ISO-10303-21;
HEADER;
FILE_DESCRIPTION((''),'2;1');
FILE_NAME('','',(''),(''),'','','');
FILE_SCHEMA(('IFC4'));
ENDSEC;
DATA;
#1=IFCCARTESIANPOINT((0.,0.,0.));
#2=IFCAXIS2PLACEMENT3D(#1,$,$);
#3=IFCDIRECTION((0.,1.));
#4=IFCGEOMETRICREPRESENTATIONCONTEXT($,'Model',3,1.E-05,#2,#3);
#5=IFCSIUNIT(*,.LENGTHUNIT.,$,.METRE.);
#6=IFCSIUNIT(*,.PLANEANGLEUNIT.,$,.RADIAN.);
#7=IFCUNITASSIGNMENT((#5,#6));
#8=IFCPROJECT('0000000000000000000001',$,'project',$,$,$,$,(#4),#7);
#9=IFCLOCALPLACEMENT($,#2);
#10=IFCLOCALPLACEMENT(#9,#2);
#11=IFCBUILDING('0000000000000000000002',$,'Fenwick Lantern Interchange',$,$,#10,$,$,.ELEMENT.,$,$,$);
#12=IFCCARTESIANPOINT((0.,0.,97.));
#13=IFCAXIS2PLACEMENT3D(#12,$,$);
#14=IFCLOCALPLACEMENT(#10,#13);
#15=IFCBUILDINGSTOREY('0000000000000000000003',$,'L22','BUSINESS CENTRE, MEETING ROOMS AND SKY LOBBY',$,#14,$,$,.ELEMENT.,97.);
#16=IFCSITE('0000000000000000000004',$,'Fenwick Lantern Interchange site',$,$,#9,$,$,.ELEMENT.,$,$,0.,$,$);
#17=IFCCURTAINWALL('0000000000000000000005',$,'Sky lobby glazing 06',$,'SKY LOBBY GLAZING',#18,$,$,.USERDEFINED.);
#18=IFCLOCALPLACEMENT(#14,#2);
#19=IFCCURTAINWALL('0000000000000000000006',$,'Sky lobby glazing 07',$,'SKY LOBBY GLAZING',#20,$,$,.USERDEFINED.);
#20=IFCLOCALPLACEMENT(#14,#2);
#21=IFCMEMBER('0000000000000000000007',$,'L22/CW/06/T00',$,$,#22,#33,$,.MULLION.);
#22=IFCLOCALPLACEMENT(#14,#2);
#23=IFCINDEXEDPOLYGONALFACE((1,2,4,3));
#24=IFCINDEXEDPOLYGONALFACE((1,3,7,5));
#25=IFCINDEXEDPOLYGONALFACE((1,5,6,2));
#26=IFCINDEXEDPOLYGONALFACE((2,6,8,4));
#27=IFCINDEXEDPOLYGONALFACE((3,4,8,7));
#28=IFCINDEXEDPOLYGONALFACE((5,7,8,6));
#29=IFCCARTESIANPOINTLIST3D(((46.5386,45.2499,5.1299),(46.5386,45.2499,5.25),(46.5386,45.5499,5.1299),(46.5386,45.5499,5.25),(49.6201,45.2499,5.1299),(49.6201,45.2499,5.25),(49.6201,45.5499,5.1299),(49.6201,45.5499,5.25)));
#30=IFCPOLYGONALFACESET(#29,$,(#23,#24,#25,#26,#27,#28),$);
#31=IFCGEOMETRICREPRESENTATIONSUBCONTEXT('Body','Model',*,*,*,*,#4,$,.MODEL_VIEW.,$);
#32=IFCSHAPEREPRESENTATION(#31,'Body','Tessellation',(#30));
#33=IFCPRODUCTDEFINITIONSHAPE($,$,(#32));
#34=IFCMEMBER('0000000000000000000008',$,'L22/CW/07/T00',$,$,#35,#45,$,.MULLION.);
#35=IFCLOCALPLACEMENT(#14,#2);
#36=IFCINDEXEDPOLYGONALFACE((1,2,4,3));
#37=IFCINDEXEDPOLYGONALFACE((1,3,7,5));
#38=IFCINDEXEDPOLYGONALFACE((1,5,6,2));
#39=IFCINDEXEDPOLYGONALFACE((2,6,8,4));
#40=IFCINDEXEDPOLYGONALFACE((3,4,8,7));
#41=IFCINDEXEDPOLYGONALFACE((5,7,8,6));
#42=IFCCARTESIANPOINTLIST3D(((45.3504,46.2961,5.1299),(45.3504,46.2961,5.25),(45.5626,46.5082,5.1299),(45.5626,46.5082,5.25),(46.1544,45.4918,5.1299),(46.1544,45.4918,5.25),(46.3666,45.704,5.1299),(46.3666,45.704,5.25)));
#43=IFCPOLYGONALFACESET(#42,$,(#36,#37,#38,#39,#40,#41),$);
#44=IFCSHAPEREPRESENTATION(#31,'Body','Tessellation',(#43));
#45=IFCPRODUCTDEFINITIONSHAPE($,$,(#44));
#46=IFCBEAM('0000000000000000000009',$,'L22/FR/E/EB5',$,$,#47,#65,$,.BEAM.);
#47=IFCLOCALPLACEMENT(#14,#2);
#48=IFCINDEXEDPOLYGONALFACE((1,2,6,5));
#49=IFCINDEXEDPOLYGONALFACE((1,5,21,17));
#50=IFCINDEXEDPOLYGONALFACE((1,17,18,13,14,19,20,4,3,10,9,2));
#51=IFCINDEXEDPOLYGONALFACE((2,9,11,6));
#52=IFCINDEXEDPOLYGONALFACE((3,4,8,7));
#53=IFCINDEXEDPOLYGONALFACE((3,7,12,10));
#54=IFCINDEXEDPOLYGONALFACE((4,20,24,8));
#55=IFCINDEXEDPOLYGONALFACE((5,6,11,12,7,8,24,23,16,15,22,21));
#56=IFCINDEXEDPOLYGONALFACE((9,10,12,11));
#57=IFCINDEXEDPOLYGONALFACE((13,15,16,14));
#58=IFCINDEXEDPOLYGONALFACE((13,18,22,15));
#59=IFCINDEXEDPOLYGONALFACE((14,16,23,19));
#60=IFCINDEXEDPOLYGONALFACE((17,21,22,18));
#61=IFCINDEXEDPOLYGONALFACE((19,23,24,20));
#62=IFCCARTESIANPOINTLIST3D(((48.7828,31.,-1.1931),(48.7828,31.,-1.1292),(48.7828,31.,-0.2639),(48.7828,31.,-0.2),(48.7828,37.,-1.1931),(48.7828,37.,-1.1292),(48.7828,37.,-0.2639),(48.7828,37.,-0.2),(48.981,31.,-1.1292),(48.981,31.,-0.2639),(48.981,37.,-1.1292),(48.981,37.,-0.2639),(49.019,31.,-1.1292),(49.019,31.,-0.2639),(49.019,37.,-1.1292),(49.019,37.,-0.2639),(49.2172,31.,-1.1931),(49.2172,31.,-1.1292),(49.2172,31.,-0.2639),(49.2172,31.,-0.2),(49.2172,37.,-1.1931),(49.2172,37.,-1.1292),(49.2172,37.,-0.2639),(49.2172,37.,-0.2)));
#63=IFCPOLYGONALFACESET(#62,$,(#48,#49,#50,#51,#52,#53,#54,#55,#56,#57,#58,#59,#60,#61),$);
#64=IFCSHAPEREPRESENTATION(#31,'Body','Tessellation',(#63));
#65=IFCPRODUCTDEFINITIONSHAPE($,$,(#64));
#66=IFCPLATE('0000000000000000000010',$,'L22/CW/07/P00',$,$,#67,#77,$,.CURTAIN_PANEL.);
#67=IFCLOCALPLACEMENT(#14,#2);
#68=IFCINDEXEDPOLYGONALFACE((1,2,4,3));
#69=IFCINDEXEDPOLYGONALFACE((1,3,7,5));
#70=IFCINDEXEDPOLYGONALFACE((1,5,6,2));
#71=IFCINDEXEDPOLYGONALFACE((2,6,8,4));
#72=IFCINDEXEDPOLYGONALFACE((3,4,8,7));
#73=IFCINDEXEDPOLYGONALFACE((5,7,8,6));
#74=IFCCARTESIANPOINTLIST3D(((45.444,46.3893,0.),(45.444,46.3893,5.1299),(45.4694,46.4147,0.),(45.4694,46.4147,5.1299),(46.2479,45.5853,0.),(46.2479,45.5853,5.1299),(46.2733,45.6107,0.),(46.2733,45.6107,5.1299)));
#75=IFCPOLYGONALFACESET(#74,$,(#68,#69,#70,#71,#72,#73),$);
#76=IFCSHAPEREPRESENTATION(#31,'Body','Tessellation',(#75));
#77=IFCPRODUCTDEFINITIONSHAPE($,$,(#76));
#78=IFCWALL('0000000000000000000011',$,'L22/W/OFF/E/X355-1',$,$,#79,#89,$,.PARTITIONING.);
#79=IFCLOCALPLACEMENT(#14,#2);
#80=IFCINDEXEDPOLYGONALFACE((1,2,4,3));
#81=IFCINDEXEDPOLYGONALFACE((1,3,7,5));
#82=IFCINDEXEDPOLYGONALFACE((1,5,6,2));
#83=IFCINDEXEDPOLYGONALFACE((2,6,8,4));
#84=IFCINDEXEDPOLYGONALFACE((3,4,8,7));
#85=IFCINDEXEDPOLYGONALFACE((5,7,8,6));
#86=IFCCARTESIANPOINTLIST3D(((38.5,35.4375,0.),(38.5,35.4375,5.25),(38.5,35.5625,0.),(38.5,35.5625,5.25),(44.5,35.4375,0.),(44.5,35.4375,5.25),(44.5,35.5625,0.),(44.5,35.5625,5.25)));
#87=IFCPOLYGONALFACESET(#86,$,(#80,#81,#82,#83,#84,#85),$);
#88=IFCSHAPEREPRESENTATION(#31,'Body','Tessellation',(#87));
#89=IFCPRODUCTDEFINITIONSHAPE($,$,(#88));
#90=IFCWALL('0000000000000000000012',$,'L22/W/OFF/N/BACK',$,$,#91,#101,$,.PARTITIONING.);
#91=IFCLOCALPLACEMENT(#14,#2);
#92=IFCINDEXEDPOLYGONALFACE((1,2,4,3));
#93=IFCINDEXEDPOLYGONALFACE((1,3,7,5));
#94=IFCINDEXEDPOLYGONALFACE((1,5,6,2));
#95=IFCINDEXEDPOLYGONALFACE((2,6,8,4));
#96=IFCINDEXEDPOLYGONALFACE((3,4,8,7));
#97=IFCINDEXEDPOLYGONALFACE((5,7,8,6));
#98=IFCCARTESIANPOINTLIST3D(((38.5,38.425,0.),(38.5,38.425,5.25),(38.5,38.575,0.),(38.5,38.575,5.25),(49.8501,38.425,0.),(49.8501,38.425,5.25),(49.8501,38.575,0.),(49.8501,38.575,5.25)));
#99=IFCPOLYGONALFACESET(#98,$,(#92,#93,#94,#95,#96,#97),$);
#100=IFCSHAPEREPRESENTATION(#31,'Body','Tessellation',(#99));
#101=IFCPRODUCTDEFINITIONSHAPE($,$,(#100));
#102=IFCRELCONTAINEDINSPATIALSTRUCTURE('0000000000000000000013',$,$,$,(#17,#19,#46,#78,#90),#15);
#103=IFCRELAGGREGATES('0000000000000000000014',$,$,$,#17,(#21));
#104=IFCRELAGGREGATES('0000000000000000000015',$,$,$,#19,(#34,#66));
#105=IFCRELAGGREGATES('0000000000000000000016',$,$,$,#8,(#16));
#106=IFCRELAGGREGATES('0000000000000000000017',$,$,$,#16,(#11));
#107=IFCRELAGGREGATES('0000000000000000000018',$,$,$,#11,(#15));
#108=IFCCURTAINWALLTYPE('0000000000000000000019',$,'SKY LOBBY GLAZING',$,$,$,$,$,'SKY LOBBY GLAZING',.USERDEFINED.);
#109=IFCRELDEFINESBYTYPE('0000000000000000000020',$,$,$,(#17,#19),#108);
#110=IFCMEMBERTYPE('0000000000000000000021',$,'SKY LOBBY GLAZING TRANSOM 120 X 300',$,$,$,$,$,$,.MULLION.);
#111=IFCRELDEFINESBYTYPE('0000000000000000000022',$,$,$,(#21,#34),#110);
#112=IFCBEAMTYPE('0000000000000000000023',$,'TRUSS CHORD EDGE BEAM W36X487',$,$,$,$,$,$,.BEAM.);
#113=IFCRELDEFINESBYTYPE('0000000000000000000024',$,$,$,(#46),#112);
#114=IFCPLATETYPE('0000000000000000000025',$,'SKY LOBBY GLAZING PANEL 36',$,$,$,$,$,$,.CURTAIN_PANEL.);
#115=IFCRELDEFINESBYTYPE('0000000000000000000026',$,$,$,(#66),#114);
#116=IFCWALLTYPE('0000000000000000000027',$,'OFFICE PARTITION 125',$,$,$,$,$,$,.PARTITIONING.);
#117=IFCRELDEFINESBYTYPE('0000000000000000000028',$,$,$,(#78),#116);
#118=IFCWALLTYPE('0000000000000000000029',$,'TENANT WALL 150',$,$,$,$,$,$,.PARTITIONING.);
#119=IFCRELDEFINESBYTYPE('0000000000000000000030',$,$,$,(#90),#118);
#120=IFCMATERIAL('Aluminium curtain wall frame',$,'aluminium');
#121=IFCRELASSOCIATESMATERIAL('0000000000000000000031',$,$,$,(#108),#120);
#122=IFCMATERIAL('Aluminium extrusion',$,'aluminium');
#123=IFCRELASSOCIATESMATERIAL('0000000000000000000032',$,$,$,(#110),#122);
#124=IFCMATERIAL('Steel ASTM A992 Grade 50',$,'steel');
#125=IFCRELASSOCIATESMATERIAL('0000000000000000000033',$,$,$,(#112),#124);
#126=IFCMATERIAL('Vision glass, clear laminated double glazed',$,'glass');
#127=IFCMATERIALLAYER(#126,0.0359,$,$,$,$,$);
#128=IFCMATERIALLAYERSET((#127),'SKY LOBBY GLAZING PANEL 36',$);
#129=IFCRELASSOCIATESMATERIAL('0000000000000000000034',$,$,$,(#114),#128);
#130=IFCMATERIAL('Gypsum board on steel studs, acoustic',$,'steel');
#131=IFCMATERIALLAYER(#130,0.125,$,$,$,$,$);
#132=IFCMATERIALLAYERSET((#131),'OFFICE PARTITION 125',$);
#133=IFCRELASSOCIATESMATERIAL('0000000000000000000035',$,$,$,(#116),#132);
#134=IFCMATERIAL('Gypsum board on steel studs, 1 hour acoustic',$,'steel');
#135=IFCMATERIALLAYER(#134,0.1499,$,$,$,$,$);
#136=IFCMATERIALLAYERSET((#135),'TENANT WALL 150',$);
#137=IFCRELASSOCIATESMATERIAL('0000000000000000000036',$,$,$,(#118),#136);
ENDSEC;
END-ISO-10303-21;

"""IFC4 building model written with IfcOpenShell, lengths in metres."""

from ifc_helpers import new_model, si_unit, direction, frame, frame_2d, origin, origin_2d, place, context, subcontext, project, spatial, rectangle, i_section, extrude, material, layer, layer_set, material_profile, profile_set, type_object, element, aggregate, save


model = new_model("IFC4")

# Units and contexts
model_context = context("Model", 3, precision=1e-05, world=origin(), true_north=direction((0.0, 1.0)))
body_context = subcontext(model_context, "Body", "Model", "MODEL_VIEW")
ifc_project = project(units=[si_unit("LENGTHUNIT", "METRE"), si_unit("PLANEANGLEUNIT", "RADIAN")], contexts=[model_context])

# Site, building, storey
site_placement = place(None, origin())
site = spatial("IfcSite", under=ifc_project, at=site_placement, Name="Fenwick Lantern Interchange site", CompositionType="ELEMENT", RefElevation=0.0)
building_placement = place(site_placement, origin())
building = spatial("IfcBuilding", under=site, at=building_placement, Name="Fenwick Lantern Interchange", CompositionType="ELEMENT")
storey_placement = place(building_placement, frame((0.0, 0.0, 97.0)))
storey = spatial("IfcBuildingStorey", under=building, at=storey_placement, Name="L22", Description="BUSINESS CENTRE, MEETING ROOMS AND SKY LOBBY", CompositionType="ELEMENT", Elevation=97.0)

# Shared definitions
ifc_material_1 = material(Name="Steel ASTM A992 Grade 50", Category="steel")

# Curtain wall
ifc_material_2 = material(Name="Aluminium curtain wall frame", Category="aluminium")
curtain_wall_type = type_object("IfcCurtainWallType", Name="SKY LOBBY GLAZING", ElementType="SKY LOBBY GLAZING", PredefinedType="USERDEFINED", material=ifc_material_2)
ifc_material_3 = material(Name="Aluminium extrusion", Category="aluminium")
curtain_wall_1_placement = place(storey_placement, origin())
curtain_wall_1 = element("IfcCurtainWall", 1, at=curtain_wall_1_placement, inside=storey, type_object=curtain_wall_type, Name="Sky lobby glazing 06", ObjectType="SKY LOBBY GLAZING", PredefinedType="USERDEFINED")

# Curtain wall
curtain_wall_2_placement = place(storey_placement, origin())
curtain_wall_2 = element("IfcCurtainWall", 2, at=curtain_wall_2_placement, inside=storey, type_object=curtain_wall_type, Name="Sky lobby glazing 07", ObjectType="SKY LOBBY GLAZING", PredefinedType="USERDEFINED")

# Members
ifc_material_profile_1 = material_profile(ifc_material_3, rectangle(XDim=0.3, YDim=0.1201, at=origin_2d()), Name="SKY LOBBY GLAZING TRANSOM 120 X 300")
ifc_profile_set_1 = profile_set([ifc_material_profile_1], Name="Aluminium extrusion")
member_type_1 = type_object("IfcMemberType", Name="SKY LOBBY GLAZING TRANSOM 120 X 300", PredefinedType="MULLION", material=ifc_profile_set_1)
member_1_placement = place(storey_placement, frame((49.6201, 45.3999, 5.1899), z_axis=(-1.0, 0.0, 0.0), x_axis=(0.0, -1.0, 0.0)))
member_1 = element("IfcMember", 3, at=member_1_placement, type_object=member_type_1, Name="L22/CW/06/T00", PredefinedType="MULLION", context=body_context, shape_type="SweptSolid", body=[
    extrude(rectangle(XDim=0.3, YDim=0.1201, at=origin_2d()), origin(), (0.0, 0.0, 1.0), 3.0815),
])
member_2_placement = place(storey_placement, frame((46.2605, 45.5979, 5.1899), z_axis=(-0.706999, 0.707214, 0.0), x_axis=(-0.707214, -0.706999, 0.0)))
member_2 = element("IfcMember", 4, at=member_2_placement, type_object=member_type_1, Name="L22/CW/07/T00", PredefinedType="MULLION", context=body_context, shape_type="SweptSolid", body=[
    extrude(rectangle(XDim=0.3, YDim=0.1201, at=origin_2d()), origin(), (0.0, 0.0, 1.0), 1.1372),
])

# Beam
ifc_material_profile_2 = material_profile(ifc_material_1, i_section(OverallWidth=0.4343, OverallDepth=0.9932, WebThickness=0.0381, FlangeThickness=0.064, at=origin_2d()), Name="W36X487")
ifc_profile_set_2 = profile_set([ifc_material_profile_2], Name="Steel ASTM A992 Grade 50")
beam_type_1 = type_object("IfcBeamType", Name="TRUSS CHORD EDGE BEAM W36X487", PredefinedType="BEAM", material=ifc_profile_set_2)
beam_1_placement = place(storey_placement, frame((49.0, 31.0, -0.6965), z_axis=(0.0, 1.0, 0.0), x_axis=(-1.0, 0.0, 0.0)))
element("IfcBeam", 5, at=beam_1_placement, inside=storey, type_object=beam_type_1, Name="L22/FR/E/EB5", PredefinedType="BEAM", context=body_context, shape_type="SweptSolid", body=[
    extrude(i_section(OverallWidth=0.4343, OverallDepth=0.9932, WebThickness=0.0381, FlangeThickness=0.064, at=origin_2d()), origin(), (0.0, 0.0, 1.0), 6.0),
])

# Plate
ifc_material_4 = material(Name="Vision glass, clear laminated double glazed", Category="glass")
ifc_layer_1 = layer(ifc_material_4, 0.0359)
ifc_layer_set_1 = layer_set([ifc_layer_1], Name="SKY LOBBY GLAZING PANEL 36")
plate_type = type_object("IfcPlateType", Name="SKY LOBBY GLAZING PANEL 36", PredefinedType="CURTAIN_PANEL", material=ifc_layer_set_1)
aggregate(curtain_wall_1, [member_1])
plate_1_placement = place(storey_placement, frame((45.8586, 46.0, 0.0), z_axis=(0.0, 0.0, 1.0), x_axis=(-0.707107, 0.707107, 0.0)))
plate_1 = element("IfcPlate", 6, at=plate_1_placement, type_object=plate_type, Name="L22/CW/07/P00", PredefinedType="CURTAIN_PANEL", context=body_context, shape_type="SweptSolid", body=[
    extrude(rectangle(XDim=1.137, YDim=0.0359, at=origin_2d()), origin(), (0.0, 0.0, 1.0), 5.1299),
])
aggregate(curtain_wall_2, [member_2, plate_1])

# Walls
ifc_material_5 = material(Name="Gypsum board on steel studs, acoustic", Category="steel")
ifc_layer_2 = layer(ifc_material_5, 0.125)
ifc_layer_set_2 = layer_set([ifc_layer_2], Name="OFFICE PARTITION 125")
wall_type_1 = type_object("IfcWallType", Name="OFFICE PARTITION 125", PredefinedType="PARTITIONING", material=ifc_layer_set_2)
wall_1_placement = place(storey_placement, frame((44.5, 35.5, 0.0), z_axis=(0.0, 0.0, 1.0), x_axis=(-1.0, 0.0, 0.0)))
element("IfcWall", 7, at=wall_1_placement, inside=storey, type_object=wall_type_1, Name="L22/W/OFF/E/X355-1", PredefinedType="PARTITIONING", context=body_context, shape_type="SweptSolid", body=[
    extrude(rectangle(XDim=6.0, YDim=0.125, at=frame_2d((3.0, 0.0))), origin(), (0.0, 0.0, 1.0), 5.25),
])
ifc_material_6 = material(Name="Gypsum board on steel studs, 1 hour acoustic", Category="steel")
ifc_layer_3 = layer(ifc_material_6, 0.1499)
ifc_layer_set_3 = layer_set([ifc_layer_3], Name="TENANT WALL 150")
wall_type_2 = type_object("IfcWallType", Name="TENANT WALL 150", PredefinedType="PARTITIONING", material=ifc_layer_set_3)
wall_2_placement = place(storey_placement, frame((49.8501, 38.5, 0.0), z_axis=(0.0, 0.0, 1.0), x_axis=(-1.0, 0.0, 0.0)))
element("IfcWall", 8, at=wall_2_placement, inside=storey, type_object=wall_type_2, Name="L22/W/OFF/N/BACK", PredefinedType="PARTITIONING", context=body_context, shape_type="SweptSolid", body=[
    extrude(rectangle(XDim=11.3501, YDim=0.1499, at=frame_2d((5.675, 0.0))), origin(), (0.0, 0.0, 1.0), 5.25),
])

save(model, "model.ifc")
